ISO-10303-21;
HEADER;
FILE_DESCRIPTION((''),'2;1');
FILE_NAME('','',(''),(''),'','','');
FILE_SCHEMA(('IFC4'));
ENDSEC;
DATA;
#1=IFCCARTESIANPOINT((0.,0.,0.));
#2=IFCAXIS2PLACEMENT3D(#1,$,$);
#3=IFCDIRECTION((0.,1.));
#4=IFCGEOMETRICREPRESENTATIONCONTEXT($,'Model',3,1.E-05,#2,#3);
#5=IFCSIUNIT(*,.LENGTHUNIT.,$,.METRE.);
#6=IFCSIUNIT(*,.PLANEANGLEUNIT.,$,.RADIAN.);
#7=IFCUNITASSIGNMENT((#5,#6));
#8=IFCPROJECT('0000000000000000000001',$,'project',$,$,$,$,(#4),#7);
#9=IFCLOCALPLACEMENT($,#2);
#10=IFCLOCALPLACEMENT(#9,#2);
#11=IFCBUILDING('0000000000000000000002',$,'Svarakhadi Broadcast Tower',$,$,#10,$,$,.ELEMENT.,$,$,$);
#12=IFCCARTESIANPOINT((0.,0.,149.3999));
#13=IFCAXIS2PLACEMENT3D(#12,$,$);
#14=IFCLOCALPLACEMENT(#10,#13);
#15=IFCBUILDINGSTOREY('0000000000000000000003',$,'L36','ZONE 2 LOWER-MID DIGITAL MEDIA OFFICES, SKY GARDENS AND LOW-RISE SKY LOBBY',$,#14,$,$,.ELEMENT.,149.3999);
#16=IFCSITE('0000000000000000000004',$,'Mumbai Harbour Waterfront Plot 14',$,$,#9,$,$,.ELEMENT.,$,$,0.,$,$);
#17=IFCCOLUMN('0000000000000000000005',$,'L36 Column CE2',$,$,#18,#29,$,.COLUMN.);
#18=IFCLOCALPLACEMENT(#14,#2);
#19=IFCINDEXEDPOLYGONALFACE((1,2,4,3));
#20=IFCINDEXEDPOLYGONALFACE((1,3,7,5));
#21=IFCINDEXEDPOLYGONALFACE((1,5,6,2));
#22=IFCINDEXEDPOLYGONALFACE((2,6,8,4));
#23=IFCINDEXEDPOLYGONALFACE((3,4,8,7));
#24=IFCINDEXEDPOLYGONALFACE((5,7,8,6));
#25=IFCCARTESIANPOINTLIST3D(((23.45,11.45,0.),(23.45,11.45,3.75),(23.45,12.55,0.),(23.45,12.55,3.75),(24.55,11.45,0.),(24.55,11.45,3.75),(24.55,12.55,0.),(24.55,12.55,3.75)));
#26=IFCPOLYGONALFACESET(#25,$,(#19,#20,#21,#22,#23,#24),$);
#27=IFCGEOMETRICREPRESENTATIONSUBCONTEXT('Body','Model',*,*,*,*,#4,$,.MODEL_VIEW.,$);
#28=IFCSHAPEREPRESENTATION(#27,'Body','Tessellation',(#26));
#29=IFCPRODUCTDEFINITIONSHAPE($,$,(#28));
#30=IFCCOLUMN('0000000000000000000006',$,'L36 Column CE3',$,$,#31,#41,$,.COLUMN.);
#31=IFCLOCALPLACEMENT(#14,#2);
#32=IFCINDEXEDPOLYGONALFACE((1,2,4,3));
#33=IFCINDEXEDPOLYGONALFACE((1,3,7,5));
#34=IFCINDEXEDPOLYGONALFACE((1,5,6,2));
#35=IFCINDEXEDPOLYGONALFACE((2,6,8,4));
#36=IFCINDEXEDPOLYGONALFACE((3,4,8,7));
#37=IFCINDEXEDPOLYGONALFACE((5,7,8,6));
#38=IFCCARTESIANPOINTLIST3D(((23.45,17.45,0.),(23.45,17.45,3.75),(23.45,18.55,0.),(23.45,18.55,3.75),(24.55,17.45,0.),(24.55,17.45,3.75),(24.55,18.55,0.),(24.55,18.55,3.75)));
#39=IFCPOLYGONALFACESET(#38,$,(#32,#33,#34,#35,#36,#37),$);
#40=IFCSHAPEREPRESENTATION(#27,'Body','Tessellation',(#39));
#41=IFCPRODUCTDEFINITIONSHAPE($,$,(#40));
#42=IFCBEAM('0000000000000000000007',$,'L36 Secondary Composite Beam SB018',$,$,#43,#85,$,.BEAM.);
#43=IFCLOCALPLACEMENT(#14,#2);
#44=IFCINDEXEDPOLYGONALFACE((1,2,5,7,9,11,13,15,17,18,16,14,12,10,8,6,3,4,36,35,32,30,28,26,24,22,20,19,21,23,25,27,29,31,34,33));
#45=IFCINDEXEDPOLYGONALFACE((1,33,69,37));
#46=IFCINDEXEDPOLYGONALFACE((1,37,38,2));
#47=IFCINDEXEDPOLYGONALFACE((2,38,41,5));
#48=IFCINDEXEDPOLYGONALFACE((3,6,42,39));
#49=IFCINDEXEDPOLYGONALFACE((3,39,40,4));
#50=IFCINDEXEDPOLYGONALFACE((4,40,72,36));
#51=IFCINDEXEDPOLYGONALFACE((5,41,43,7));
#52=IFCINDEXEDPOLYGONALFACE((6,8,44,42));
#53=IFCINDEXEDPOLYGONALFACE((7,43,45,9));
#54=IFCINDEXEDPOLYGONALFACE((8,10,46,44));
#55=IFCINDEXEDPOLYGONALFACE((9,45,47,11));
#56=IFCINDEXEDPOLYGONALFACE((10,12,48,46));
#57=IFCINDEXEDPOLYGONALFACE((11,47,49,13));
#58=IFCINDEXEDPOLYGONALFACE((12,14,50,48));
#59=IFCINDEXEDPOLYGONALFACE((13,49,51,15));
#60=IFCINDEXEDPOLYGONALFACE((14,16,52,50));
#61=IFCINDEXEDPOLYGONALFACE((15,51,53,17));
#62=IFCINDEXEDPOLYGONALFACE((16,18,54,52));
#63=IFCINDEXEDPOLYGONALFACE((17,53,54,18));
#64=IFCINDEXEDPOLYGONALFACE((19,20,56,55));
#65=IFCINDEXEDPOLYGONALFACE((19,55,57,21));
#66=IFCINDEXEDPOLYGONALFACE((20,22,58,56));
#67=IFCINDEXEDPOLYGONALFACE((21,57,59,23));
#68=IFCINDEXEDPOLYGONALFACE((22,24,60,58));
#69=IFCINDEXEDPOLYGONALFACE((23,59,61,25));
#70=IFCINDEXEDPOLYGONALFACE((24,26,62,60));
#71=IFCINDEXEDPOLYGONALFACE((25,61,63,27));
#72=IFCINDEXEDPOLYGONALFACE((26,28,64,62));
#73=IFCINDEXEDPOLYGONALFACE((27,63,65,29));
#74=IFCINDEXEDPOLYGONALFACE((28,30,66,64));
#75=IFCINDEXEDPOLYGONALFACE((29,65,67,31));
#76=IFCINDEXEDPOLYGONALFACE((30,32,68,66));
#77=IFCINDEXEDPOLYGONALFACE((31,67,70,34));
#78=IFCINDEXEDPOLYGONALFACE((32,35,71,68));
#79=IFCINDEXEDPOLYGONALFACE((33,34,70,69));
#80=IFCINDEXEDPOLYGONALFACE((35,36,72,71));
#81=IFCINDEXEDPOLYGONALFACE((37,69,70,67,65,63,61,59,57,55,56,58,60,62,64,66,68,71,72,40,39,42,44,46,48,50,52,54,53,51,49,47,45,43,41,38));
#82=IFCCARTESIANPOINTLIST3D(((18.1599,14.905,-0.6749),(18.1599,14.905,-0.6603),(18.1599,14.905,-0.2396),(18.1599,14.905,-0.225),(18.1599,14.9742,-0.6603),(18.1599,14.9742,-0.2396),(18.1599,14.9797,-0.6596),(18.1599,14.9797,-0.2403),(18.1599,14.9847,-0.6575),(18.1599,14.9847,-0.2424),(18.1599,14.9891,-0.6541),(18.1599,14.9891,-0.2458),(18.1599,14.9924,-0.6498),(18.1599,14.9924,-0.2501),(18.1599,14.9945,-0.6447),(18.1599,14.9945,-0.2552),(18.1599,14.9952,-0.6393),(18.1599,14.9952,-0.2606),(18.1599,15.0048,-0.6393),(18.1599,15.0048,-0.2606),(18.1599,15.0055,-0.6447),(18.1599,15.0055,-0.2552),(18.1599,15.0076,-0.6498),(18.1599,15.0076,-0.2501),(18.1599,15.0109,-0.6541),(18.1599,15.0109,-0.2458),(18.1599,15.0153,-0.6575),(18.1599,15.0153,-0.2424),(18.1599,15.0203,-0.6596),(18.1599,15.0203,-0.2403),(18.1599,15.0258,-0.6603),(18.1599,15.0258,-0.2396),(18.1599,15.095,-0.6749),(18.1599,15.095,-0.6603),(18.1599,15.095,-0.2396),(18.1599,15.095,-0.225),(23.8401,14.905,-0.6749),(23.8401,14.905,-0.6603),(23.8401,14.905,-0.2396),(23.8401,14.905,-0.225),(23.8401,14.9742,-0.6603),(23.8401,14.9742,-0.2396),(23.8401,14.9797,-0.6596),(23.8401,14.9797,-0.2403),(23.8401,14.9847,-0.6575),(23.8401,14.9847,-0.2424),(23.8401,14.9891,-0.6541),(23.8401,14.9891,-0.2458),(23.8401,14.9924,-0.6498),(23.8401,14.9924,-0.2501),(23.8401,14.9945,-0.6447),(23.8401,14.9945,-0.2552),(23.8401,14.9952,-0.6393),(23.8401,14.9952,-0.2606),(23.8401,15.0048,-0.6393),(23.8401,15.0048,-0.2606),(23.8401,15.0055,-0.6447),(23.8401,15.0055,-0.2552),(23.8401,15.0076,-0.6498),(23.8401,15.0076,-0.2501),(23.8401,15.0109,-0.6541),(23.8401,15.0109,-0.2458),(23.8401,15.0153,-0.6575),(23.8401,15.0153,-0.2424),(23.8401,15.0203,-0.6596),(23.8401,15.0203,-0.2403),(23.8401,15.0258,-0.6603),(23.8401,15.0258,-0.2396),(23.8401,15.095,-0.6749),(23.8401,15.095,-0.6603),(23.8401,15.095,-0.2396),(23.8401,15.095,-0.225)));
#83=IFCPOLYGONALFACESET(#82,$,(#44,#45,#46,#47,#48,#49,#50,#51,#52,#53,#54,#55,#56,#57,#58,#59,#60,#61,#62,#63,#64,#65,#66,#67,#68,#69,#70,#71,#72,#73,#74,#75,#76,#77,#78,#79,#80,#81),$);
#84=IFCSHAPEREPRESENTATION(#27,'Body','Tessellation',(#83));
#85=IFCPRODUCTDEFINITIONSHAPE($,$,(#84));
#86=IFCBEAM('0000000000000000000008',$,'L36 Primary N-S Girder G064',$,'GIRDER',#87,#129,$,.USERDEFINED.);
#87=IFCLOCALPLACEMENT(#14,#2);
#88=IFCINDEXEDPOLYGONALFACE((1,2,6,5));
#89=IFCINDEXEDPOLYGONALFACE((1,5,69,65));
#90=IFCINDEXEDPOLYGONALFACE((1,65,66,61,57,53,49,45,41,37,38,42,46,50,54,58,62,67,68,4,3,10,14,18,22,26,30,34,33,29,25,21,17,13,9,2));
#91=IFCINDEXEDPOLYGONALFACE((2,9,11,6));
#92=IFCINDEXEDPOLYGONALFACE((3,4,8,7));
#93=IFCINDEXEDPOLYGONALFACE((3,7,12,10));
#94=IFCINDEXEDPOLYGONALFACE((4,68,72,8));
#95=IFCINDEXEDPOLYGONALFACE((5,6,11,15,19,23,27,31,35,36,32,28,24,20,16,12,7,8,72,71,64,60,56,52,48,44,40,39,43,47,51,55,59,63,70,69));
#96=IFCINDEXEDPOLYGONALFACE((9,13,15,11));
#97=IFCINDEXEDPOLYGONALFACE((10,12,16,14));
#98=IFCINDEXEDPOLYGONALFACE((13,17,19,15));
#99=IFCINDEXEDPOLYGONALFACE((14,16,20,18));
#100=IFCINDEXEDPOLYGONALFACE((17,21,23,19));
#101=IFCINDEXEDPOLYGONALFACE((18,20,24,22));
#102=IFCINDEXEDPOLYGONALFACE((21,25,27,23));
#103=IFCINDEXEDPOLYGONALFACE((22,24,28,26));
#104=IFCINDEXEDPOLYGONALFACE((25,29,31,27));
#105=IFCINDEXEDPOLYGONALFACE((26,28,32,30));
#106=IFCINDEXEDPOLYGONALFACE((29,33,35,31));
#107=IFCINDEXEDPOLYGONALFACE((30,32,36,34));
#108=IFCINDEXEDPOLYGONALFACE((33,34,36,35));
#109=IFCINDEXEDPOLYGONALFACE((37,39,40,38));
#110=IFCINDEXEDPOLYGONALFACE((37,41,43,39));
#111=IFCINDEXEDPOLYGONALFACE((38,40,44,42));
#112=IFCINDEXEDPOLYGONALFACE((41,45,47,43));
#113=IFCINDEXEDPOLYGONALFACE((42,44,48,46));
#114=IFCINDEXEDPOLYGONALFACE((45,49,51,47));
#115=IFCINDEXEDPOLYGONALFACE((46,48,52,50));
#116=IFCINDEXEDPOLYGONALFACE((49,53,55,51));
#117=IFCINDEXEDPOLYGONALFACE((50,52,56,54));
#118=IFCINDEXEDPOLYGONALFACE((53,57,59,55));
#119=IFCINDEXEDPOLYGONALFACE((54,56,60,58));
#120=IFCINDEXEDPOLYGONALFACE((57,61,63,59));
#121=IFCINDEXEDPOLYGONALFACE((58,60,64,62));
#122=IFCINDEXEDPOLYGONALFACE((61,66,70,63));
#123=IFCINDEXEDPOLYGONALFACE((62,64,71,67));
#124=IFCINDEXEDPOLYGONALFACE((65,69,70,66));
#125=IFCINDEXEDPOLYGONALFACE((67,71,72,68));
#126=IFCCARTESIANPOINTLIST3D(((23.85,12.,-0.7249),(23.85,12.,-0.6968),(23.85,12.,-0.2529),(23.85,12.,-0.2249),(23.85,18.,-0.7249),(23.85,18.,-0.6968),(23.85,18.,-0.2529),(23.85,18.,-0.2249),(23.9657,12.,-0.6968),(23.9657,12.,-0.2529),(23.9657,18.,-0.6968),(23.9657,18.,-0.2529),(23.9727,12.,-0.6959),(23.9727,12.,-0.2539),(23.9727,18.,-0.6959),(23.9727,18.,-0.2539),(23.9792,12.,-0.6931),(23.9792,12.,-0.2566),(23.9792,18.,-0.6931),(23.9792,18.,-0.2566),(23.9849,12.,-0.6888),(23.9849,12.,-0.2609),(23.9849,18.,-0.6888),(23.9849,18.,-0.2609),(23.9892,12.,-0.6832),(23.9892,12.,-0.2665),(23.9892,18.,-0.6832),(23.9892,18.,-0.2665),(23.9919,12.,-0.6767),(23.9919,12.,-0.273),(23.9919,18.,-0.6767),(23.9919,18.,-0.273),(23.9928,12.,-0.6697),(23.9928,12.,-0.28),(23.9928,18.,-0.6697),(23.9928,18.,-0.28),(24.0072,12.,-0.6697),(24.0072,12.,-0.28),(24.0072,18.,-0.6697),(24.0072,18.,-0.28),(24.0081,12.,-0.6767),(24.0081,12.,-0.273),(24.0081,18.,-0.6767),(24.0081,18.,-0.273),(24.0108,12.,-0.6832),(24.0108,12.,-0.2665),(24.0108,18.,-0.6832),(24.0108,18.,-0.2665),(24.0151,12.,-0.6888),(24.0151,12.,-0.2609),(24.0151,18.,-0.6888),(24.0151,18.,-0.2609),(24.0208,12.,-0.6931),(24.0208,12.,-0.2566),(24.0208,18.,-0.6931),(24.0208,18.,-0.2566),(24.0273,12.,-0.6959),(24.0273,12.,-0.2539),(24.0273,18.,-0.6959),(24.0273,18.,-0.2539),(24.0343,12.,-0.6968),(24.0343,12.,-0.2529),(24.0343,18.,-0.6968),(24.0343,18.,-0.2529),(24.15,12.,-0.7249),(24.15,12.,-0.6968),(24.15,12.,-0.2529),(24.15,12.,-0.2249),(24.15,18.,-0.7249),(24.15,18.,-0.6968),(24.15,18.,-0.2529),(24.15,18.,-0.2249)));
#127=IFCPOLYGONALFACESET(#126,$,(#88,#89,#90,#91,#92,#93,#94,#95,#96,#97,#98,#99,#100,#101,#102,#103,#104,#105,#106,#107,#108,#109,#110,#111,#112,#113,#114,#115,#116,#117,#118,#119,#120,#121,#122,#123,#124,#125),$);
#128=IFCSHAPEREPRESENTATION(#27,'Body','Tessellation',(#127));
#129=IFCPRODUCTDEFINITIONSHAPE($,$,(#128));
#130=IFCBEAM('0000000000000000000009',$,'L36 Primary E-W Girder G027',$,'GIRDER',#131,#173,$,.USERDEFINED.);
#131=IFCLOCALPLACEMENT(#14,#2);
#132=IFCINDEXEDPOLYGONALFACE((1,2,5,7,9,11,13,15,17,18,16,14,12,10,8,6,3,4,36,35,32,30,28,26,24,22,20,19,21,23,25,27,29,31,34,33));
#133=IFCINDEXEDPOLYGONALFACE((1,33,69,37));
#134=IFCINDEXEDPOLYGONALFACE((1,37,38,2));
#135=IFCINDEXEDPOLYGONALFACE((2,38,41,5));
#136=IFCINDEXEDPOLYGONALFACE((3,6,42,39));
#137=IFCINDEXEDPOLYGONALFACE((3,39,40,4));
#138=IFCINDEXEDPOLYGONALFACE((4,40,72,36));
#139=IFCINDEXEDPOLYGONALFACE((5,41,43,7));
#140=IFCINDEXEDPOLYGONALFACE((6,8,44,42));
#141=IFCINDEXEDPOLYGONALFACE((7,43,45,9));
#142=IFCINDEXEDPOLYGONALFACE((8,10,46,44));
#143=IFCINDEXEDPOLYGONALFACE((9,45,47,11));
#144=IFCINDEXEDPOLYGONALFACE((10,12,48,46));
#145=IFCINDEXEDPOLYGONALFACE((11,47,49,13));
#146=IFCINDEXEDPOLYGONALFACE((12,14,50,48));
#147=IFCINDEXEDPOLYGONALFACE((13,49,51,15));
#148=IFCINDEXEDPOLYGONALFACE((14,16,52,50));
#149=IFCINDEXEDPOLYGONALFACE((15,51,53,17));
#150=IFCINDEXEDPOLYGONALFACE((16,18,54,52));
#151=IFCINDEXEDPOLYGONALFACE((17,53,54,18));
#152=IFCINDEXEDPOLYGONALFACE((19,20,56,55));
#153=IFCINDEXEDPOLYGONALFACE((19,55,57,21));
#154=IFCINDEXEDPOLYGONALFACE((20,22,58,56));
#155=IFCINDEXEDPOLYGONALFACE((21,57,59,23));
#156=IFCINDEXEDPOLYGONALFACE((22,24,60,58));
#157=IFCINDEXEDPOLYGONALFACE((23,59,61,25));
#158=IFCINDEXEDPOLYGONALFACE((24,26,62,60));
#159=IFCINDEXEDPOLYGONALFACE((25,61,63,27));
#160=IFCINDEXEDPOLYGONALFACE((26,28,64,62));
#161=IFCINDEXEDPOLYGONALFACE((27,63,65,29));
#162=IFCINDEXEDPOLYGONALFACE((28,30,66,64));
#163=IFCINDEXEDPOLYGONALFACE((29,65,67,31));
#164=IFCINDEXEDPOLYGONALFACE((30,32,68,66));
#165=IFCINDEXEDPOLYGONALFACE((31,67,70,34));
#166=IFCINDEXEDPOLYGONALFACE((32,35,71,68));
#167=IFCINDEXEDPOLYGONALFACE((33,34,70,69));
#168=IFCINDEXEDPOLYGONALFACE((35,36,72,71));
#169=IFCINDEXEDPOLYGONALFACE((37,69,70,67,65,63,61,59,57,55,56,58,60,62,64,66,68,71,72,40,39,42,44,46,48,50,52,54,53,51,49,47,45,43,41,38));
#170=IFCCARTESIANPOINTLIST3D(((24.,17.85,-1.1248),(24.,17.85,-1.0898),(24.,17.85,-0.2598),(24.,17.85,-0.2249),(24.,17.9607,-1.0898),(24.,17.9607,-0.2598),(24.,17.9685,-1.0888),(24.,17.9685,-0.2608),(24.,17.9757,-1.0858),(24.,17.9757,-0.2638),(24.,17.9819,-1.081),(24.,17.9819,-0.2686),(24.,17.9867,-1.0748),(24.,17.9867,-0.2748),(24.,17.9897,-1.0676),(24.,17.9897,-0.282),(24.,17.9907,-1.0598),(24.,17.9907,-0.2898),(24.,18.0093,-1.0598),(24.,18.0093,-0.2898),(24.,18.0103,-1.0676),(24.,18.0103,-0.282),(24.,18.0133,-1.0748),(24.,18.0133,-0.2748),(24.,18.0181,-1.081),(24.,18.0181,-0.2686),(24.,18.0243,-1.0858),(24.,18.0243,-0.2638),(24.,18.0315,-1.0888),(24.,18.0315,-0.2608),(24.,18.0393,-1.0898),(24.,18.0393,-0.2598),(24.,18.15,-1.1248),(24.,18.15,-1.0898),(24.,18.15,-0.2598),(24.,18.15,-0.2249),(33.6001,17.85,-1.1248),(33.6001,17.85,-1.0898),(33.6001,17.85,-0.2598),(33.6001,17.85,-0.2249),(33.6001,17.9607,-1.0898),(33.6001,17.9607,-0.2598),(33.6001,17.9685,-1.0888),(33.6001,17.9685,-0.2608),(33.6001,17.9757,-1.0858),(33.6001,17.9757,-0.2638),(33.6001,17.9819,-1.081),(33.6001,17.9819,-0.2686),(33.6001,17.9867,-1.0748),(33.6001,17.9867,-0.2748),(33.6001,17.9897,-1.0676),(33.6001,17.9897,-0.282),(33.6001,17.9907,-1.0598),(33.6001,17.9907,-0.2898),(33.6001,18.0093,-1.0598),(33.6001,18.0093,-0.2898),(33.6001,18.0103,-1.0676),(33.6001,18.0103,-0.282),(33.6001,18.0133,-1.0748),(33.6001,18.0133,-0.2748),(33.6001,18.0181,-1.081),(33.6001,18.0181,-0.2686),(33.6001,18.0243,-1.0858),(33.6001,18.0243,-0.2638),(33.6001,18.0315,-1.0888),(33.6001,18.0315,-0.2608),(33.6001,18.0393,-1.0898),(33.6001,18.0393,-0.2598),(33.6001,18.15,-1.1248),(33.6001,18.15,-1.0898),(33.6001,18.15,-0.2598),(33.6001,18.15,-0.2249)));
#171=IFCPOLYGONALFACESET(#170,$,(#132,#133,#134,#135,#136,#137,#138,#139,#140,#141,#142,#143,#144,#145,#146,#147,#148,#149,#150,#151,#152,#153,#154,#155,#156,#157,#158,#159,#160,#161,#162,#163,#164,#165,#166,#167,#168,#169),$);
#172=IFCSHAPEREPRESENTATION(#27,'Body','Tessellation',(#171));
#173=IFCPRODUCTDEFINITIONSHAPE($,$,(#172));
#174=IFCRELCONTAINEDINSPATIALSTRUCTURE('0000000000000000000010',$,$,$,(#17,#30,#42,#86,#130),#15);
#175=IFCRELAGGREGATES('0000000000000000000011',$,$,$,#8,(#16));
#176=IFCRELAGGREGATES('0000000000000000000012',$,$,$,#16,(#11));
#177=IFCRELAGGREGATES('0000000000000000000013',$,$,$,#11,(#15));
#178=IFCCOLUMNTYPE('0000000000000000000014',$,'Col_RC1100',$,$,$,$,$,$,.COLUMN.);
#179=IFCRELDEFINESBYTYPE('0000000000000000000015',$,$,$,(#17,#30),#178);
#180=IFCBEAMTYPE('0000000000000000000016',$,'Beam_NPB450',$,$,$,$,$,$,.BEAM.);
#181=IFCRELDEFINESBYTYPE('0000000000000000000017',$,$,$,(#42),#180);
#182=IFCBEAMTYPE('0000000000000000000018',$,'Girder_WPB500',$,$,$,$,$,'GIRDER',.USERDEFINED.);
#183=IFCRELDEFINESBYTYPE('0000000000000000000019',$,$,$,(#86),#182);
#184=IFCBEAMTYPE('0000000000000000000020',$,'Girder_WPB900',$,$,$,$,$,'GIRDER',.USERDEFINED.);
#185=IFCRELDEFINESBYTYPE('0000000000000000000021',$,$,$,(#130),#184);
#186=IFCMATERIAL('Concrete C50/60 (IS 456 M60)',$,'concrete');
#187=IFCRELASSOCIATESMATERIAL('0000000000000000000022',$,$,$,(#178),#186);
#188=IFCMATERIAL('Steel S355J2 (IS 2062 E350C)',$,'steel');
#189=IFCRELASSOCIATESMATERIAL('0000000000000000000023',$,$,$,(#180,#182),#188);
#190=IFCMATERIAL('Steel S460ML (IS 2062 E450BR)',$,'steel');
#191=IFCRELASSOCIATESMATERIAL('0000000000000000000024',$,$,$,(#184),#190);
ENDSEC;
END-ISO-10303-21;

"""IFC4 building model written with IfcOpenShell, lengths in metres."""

from ifc_helpers import new_model, si_unit, direction, frame, origin, origin_2d, place, context, subcontext, project, spatial, rectangle, i_section, extrude, material, material_profile, profile_set, type_object, element, save


model = new_model("IFC4")

# Units and contexts
model_context = context("Model", 3, precision=1e-05, world=origin(), true_north=direction((0.0, 1.0)))
body_context = subcontext(model_context, "Body", "Model", "MODEL_VIEW")
ifc_project = project(units=[si_unit("LENGTHUNIT", "METRE"), si_unit("PLANEANGLEUNIT", "RADIAN")], contexts=[model_context])

# Site, building, storey
site_placement = place(None, origin())
site = spatial("IfcSite", under=ifc_project, at=site_placement, Name="Mumbai Harbour Waterfront Plot 14", CompositionType="ELEMENT", RefElevation=0.0)
building_placement = place(site_placement, origin())
building = spatial("IfcBuilding", under=site, at=building_placement, Name="Svarakhadi Broadcast Tower", CompositionType="ELEMENT")
storey_placement = place(building_placement, frame((0.0, 0.0, 149.3999)))
storey = spatial("IfcBuildingStorey", under=building, at=storey_placement, Name="L36", Description="ZONE 2 LOWER-MID DIGITAL MEDIA OFFICES, SKY GARDENS AND LOW-RISE SKY LOBBY", CompositionType="ELEMENT", Elevation=149.3999)

# Columns
ifc_material_1 = material(Name="Concrete C50/60 (IS 456 M60)", Category="concrete")
ifc_material_profile_1 = material_profile(ifc_material_1, rectangle(XDim=1.1001, YDim=1.1001, at=origin_2d()), Name="RC 1100x1100")
ifc_profile_set_1 = profile_set([ifc_material_profile_1], Name="Concrete C50/60 (IS 456 M60)")
column_type = type_object("IfcColumnType", Name="Col_RC1100", PredefinedType="COLUMN", material=ifc_profile_set_1)
for number, where, z_axis, x_axis, name in (
    (1, (24.0, 12.0, 0.0), (0.0, 0.0, 1.0), (1.0, 0.0, 0.0), "L36 Column CE2"),
    (2, (24.0, 18.0, 0.0), (0.0, 0.0, 1.0), (1.0, 0.0, 0.0), "L36 Column CE3"),
):
    element("IfcColumn", number, at=place(storey_placement, frame(where, z_axis=z_axis, x_axis=x_axis)), inside=storey, type_object=column_type, Name=name, PredefinedType="COLUMN", context=body_context, shape_type="SweptSolid", body=[
        extrude(rectangle(XDim=1.1001, YDim=1.1001, at=origin_2d()), origin(), (0.0, 0.0, 1.0), 3.75),
    ])

# Beams
ifc_material_2 = material(Name="Steel S355J2 (IS 2062 E350C)", Category="steel")
ifc_material_profile_2 = material_profile(ifc_material_2, i_section(OverallWidth=0.1899, OverallDepth=0.45, WebThickness=0.0095, FlangeThickness=0.0146, FilletRadius=0.021, at=origin_2d()), Name="NPB 450x190x78")
ifc_profile_set_2 = profile_set([ifc_material_profile_2], Name="Steel S355J2 (IS 2062 E350C)")
beam_type_1 = type_object("IfcBeamType", Name="Beam_NPB450", PredefinedType="BEAM", material=ifc_profile_set_2)
beam_1_placement = place(storey_placement, frame((18.1599, 15.0, -0.45), z_axis=(1.0, 0.0, 0.0), x_axis=(0.0, 1.0, 0.0)))
element("IfcBeam", 3, at=beam_1_placement, inside=storey, type_object=beam_type_1, Name="L36 Secondary Composite Beam SB018", PredefinedType="BEAM", context=body_context, shape_type="SweptSolid", body=[
    extrude(i_section(OverallWidth=0.1899, OverallDepth=0.45, WebThickness=0.0095, FlangeThickness=0.0146, FilletRadius=0.021, at=origin_2d()), origin(), (0.0, 0.0, 1.0), 5.6802),
])
ifc_material_profile_3 = material_profile(ifc_material_2, i_section(OverallWidth=0.3, OverallDepth=0.5, WebThickness=0.0144, FlangeThickness=0.0281, FilletRadius=0.0271, at=origin_2d()), Name="WPB 500x300x187")
ifc_profile_set_3 = profile_set([ifc_material_profile_3], Name="Steel S355J2 (IS 2062 E350C)")
beam_type_2 = type_object("IfcBeamType", Name="Girder_WPB500", ElementType="GIRDER", PredefinedType="USERDEFINED", material=ifc_profile_set_3)
beam_2_placement = place(storey_placement, frame((24.0, 12.0, -0.4749), z_axis=(0.0, 1.0, 0.0), x_axis=(-1.0, 0.0, 0.0)))
element("IfcBeam", 4, at=beam_2_placement, inside=storey, type_object=beam_type_2, Name="L36 Primary N-S Girder G064", ObjectType="GIRDER", PredefinedType="USERDEFINED", context=body_context, shape_type="SweptSolid", body=[
    extrude(i_section(OverallWidth=0.3, OverallDepth=0.5, WebThickness=0.0144, FlangeThickness=0.0281, FilletRadius=0.0271, at=origin_2d()), origin(), (0.0, 0.0, 1.0), 6.0),
])
ifc_material_3 = material(Name="Steel S460ML (IS 2062 E450BR)", Category="steel")
ifc_material_profile_4 = material_profile(ifc_material_3, i_section(OverallWidth=0.3, OverallDepth=0.8999, WebThickness=0.0186, FlangeThickness=0.0349, FilletRadius=0.03, at=origin_2d()), Name="WPB 900x300x291")
ifc_profile_set_4 = profile_set([ifc_material_profile_4], Name="Steel S460ML (IS 2062 E450BR)")
beam_type_3 = type_object("IfcBeamType", Name="Girder_WPB900", ElementType="GIRDER", PredefinedType="USERDEFINED", material=ifc_profile_set_4)
beam_3_placement = place(storey_placement, frame((24.0, 18.0, -0.6748), z_axis=(1.0, 0.0, 0.0), x_axis=(0.0, 1.0, 0.0)))
element("IfcBeam", 5, at=beam_3_placement, inside=storey, type_object=beam_type_3, Name="L36 Primary E-W Girder G027", ObjectType="GIRDER", PredefinedType="USERDEFINED", context=body_context, shape_type="SweptSolid", body=[
    extrude(i_section(OverallWidth=0.3, OverallDepth=0.8999, WebThickness=0.0186, FlangeThickness=0.0349, FilletRadius=0.03, at=origin_2d()), origin(), (0.0, 0.0, 1.0), 9.6001),
])

save(model, "model.ifc")
